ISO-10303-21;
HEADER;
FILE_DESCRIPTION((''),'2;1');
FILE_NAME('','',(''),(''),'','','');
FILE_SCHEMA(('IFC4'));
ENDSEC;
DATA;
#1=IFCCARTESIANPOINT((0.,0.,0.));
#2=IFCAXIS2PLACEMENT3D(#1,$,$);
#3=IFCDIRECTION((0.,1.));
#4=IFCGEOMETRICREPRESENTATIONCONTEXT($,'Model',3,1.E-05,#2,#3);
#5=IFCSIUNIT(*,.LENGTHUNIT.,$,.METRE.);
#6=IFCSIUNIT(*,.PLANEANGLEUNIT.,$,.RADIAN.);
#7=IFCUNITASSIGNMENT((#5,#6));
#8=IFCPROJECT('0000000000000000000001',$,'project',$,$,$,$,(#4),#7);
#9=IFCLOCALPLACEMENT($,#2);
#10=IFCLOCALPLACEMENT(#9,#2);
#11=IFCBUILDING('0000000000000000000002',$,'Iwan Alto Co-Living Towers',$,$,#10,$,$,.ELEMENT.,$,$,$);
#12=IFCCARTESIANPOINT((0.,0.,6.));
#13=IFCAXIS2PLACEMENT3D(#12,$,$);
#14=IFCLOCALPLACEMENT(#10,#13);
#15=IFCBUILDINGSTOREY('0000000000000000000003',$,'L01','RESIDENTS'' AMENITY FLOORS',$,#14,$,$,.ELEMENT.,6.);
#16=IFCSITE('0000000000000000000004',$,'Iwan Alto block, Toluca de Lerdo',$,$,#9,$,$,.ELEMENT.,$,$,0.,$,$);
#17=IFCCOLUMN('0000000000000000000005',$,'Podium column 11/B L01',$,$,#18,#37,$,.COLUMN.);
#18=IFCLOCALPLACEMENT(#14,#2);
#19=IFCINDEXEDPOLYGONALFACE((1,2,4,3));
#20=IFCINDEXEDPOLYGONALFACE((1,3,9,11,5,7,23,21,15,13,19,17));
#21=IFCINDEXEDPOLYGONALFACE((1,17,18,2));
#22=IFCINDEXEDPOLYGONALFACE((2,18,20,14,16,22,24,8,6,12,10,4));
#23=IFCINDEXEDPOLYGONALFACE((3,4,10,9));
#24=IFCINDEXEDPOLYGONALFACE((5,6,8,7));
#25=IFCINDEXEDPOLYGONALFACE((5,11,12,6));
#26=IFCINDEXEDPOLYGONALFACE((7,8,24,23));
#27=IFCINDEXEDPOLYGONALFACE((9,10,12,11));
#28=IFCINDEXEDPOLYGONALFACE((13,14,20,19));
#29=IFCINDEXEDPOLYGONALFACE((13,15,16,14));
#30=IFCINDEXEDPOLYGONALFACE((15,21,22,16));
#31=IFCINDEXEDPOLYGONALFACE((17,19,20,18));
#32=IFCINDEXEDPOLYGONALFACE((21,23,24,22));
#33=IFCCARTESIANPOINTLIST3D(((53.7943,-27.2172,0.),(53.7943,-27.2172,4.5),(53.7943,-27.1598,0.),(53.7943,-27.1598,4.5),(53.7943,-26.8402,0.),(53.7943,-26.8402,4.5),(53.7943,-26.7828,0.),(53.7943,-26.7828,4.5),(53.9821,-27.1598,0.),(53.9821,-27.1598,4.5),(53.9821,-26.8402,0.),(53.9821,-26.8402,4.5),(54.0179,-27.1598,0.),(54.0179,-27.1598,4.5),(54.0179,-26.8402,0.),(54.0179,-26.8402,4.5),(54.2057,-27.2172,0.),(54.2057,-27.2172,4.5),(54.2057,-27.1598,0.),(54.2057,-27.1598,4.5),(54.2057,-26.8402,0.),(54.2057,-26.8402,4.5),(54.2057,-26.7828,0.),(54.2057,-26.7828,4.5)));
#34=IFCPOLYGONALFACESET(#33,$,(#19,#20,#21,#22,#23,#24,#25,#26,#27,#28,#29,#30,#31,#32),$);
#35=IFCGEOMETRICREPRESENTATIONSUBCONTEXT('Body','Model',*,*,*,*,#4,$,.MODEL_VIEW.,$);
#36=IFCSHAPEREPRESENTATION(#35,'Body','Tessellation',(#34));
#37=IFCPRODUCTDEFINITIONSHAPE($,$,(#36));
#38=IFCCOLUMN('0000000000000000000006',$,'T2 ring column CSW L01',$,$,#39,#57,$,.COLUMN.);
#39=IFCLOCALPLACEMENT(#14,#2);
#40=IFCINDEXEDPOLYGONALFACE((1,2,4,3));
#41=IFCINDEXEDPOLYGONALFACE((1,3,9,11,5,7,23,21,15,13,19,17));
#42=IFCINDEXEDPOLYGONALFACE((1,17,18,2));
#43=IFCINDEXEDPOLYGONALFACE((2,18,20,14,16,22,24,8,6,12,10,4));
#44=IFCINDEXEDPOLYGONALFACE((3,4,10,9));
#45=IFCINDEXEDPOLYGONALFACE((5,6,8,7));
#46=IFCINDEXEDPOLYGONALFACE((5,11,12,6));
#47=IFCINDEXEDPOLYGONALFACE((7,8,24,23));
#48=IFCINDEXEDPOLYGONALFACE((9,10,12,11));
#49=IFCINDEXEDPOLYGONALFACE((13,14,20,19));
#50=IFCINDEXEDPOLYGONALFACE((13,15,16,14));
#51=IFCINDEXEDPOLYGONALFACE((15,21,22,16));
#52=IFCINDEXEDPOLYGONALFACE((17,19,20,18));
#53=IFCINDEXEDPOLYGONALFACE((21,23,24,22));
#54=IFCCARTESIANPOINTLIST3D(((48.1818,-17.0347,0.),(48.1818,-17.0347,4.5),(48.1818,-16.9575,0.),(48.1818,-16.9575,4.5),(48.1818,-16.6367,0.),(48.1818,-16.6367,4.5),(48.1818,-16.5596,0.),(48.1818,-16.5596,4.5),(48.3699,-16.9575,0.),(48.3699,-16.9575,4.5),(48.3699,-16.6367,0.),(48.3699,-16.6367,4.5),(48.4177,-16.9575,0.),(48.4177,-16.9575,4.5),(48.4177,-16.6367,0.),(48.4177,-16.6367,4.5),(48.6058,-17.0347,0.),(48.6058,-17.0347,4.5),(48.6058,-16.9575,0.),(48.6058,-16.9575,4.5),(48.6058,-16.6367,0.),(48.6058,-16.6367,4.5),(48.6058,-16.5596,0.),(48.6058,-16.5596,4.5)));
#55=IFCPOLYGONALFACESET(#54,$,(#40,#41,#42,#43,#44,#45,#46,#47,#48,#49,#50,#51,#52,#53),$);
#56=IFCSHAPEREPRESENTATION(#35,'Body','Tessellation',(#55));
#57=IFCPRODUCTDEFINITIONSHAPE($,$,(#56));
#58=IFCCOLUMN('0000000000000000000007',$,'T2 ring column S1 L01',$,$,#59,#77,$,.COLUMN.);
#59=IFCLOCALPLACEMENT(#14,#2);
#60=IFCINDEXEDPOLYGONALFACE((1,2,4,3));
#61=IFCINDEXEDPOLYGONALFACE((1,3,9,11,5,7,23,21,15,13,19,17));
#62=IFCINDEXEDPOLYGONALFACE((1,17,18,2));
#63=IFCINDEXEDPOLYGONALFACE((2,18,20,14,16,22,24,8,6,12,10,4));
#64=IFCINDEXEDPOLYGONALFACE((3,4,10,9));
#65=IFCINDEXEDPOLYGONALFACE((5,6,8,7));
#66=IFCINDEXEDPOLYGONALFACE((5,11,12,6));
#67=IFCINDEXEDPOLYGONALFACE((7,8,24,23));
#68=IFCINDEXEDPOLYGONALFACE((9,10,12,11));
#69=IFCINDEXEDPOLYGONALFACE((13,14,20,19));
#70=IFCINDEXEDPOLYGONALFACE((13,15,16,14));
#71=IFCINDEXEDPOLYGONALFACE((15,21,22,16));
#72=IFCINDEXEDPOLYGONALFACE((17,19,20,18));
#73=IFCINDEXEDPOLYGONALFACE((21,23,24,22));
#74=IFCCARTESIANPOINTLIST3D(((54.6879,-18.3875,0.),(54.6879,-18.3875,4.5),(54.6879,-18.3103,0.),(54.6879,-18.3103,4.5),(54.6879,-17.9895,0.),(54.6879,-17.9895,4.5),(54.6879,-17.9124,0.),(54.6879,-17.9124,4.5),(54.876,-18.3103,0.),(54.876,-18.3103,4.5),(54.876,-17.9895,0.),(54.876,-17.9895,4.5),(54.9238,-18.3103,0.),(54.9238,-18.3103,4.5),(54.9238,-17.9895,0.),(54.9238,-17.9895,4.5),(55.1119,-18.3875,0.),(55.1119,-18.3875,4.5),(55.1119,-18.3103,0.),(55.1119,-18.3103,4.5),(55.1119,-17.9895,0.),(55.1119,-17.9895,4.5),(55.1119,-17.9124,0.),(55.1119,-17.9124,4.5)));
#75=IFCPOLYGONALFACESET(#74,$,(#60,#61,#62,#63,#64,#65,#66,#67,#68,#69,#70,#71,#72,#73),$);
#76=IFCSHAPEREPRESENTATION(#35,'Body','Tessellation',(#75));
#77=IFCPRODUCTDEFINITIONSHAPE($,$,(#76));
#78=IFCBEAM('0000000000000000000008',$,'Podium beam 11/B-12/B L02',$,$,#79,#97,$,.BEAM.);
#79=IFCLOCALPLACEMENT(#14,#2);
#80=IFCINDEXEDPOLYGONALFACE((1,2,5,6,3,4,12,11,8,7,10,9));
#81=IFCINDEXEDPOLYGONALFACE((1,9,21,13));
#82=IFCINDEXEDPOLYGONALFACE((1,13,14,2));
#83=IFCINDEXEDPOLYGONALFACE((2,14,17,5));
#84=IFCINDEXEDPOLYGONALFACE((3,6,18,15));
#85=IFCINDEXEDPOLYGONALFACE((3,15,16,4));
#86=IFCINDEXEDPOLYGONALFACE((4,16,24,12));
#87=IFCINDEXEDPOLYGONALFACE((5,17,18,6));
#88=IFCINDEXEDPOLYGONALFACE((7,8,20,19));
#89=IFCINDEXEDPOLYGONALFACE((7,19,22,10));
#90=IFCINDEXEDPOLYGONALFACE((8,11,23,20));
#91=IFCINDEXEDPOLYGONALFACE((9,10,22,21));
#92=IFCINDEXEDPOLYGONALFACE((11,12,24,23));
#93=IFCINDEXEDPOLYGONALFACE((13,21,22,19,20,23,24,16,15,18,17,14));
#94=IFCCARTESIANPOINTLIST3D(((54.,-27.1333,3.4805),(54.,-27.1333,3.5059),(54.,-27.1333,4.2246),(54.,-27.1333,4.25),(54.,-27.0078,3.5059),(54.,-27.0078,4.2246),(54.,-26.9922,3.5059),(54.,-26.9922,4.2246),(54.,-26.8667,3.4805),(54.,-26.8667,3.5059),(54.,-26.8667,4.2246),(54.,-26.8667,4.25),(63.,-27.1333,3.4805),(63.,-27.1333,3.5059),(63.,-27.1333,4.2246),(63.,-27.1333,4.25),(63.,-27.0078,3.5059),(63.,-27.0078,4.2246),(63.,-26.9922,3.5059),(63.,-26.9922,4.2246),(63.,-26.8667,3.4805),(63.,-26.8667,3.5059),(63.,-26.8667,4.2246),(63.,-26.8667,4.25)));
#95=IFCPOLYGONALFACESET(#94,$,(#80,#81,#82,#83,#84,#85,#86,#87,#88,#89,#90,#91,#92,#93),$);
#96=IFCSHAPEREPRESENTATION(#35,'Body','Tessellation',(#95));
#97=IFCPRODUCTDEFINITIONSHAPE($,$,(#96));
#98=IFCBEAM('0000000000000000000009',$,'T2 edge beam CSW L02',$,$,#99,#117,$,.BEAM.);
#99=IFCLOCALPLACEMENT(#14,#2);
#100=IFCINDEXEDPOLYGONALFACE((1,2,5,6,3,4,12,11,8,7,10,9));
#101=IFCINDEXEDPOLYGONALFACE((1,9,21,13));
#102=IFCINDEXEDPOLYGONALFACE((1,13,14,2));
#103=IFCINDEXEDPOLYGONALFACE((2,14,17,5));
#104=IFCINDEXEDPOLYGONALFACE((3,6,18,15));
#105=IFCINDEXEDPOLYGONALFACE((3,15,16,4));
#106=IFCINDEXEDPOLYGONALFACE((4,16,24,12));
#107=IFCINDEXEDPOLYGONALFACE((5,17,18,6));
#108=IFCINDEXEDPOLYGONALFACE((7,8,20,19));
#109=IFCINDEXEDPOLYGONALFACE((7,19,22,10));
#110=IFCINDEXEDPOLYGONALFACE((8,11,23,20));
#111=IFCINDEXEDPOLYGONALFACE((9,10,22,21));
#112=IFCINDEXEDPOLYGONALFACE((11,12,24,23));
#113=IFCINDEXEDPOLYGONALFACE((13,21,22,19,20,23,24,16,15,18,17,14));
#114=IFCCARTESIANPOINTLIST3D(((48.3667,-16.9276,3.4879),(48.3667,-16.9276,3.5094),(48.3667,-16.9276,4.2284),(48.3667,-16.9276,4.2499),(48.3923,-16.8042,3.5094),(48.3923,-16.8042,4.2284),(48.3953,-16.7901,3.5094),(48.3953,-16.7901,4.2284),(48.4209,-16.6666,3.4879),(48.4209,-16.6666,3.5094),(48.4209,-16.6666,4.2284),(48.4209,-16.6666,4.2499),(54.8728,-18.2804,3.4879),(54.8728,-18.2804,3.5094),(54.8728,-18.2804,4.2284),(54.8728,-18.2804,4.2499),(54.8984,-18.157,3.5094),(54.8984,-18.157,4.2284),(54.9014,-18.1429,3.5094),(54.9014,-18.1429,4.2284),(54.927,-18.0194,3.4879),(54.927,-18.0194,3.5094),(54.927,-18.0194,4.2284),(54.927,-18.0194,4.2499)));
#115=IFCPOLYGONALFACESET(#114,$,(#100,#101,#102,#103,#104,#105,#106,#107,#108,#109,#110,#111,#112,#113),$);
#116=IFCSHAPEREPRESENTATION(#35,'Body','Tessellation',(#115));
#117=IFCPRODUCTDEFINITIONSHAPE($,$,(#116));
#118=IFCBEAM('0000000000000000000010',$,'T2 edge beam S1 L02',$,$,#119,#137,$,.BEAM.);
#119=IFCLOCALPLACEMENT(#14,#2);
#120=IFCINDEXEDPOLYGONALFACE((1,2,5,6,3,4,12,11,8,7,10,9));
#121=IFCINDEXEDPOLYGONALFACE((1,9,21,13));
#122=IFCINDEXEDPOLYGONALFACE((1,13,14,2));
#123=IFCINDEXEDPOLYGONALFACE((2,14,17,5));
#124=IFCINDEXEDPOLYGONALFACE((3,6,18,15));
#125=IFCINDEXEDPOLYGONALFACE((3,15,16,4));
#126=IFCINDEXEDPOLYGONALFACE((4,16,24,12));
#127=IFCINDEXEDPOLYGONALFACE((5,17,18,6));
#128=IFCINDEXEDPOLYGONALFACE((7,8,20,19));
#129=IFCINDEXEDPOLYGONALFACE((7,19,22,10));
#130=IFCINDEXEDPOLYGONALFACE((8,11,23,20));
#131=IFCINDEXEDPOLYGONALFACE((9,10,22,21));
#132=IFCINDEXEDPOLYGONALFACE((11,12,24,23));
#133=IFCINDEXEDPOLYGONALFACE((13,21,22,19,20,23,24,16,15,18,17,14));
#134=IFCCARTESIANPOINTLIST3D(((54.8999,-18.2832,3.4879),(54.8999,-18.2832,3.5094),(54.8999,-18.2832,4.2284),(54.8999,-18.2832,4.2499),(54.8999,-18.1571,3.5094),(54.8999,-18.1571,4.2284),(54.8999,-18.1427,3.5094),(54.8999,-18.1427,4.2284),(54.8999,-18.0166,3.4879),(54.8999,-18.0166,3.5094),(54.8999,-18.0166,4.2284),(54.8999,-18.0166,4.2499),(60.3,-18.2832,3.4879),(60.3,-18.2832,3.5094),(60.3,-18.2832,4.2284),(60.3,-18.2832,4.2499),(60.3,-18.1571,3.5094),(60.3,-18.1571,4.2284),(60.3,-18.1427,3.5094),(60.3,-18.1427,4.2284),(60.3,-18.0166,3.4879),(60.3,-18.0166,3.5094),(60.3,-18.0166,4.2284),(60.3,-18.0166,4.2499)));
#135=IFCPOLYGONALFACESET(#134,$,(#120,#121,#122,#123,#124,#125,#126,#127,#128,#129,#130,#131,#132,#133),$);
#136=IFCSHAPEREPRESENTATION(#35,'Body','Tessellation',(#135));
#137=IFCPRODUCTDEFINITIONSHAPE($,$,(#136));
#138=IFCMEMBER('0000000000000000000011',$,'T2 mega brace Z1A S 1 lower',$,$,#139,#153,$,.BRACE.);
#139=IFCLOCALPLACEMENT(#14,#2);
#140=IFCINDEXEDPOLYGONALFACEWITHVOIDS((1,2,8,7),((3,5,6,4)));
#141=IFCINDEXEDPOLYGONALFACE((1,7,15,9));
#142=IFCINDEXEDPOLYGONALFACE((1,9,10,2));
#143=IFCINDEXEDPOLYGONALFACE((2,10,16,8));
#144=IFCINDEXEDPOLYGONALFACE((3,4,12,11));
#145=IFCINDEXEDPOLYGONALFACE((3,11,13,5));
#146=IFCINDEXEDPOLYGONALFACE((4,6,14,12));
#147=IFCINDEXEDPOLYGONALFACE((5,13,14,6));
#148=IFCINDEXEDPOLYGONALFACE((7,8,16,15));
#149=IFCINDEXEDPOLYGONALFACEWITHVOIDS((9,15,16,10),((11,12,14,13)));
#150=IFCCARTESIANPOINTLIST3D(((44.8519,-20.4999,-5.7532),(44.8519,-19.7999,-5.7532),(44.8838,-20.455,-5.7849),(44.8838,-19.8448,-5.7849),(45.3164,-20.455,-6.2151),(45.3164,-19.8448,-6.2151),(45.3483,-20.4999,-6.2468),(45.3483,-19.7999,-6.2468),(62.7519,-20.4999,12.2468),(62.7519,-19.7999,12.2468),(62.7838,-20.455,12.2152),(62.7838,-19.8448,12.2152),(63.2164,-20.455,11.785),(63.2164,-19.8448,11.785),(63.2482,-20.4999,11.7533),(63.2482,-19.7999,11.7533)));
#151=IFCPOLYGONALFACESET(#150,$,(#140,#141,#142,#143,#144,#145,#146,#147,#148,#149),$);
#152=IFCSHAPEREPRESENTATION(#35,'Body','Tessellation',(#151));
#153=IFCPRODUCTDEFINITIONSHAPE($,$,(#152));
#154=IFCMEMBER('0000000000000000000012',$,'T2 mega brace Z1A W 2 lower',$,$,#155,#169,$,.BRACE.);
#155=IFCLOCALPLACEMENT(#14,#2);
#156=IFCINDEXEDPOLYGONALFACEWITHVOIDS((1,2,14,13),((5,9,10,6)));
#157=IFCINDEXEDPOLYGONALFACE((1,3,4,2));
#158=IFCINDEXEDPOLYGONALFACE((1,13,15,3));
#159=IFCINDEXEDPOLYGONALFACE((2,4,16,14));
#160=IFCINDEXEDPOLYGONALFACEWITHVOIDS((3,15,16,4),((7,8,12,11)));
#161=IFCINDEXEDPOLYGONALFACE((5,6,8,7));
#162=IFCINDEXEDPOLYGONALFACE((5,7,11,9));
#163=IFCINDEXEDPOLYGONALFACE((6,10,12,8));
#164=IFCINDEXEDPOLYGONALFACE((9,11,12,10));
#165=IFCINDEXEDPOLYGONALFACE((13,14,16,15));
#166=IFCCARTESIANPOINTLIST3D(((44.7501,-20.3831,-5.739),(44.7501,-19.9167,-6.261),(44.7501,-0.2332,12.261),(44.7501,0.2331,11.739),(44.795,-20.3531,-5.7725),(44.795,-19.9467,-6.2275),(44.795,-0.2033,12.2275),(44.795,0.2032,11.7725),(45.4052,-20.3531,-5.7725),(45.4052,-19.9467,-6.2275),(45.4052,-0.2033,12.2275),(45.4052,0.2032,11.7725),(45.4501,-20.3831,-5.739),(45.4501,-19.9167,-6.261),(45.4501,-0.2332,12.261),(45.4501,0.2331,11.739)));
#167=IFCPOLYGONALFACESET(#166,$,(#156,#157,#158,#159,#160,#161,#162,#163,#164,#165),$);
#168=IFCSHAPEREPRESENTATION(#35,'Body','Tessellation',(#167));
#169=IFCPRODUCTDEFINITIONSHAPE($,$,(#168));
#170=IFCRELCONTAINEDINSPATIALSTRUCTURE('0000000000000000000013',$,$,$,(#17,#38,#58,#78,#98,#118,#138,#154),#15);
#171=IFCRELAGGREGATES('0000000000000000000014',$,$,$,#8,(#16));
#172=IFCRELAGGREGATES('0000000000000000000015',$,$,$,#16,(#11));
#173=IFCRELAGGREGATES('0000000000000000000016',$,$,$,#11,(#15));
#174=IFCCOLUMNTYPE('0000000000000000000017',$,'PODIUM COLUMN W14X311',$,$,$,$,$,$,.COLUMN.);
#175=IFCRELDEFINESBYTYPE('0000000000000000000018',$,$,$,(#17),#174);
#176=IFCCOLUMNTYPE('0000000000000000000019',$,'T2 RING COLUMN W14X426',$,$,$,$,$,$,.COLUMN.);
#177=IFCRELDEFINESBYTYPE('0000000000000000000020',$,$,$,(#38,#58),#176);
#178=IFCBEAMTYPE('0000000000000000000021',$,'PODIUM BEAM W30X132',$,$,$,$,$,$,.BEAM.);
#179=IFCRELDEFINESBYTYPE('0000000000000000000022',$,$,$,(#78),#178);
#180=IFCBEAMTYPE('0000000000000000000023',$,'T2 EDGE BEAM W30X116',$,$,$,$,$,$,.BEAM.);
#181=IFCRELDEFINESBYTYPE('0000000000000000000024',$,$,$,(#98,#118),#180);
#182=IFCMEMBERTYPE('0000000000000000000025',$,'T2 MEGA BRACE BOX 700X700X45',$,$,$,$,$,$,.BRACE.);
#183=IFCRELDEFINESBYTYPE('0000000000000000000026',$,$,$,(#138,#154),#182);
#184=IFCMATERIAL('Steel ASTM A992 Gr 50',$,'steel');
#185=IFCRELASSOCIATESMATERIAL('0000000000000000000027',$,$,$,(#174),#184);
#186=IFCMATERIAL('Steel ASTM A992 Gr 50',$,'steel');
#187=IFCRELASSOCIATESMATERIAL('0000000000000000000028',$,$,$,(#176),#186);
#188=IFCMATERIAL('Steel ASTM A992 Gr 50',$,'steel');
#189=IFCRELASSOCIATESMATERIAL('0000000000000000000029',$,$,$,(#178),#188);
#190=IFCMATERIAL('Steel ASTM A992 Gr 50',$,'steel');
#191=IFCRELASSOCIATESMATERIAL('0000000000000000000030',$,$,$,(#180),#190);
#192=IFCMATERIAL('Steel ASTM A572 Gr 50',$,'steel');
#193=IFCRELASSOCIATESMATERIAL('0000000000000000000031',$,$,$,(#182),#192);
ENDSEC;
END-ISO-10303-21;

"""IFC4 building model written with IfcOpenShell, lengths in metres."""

from ifc_helpers import new_model, si_unit, direction, frame, origin, origin_2d, place, context, subcontext, project, spatial, hollow_rectangle, i_section, extrude, material, material_profile, profile_set, type_object, element, save


model = new_model("IFC4")

# Units and contexts
model_context = context("Model", 3, precision=1e-05, world=origin(), true_north=direction((0.0, 1.0)))
body_context = subcontext(model_context, "Body", "Model", "MODEL_VIEW")
ifc_project = project(units=[si_unit("LENGTHUNIT", "METRE"), si_unit("PLANEANGLEUNIT", "RADIAN")], contexts=[model_context])

# Site, building, storey
site_placement = place(None, origin())
site = spatial("IfcSite", under=ifc_project, at=site_placement, Name="Iwan Alto block, Toluca de Lerdo", CompositionType="ELEMENT", RefElevation=0.0)
building_placement = place(site_placement, origin())
building = spatial("IfcBuilding", under=site, at=building_placement, Name="Iwan Alto Co-Living Towers", CompositionType="ELEMENT")
storey_placement = place(building_placement, frame((0.0, 0.0, 6.0)))
storey = spatial("IfcBuildingStorey", under=building, at=storey_placement, Name="L01", Description="RESIDENTS' AMENITY FLOORS", CompositionType="ELEMENT", Elevation=6.0)

# Columns
ifc_material_1 = material(Name="Steel ASTM A992 Gr 50", Category="steel")
ifc_material_profile_1 = material_profile(ifc_material_1, i_section(OverallWidth=0.4114, OverallDepth=0.4343, WebThickness=0.0359, FlangeThickness=0.0574, at=origin_2d()), Name="W14X311")
ifc_profile_set_1 = profile_set([ifc_material_profile_1], Name="Steel ASTM A992 Gr 50")
column_type_1 = type_object("IfcColumnType", Name="PODIUM COLUMN W14X311", PredefinedType="COLUMN", material=ifc_profile_set_1)
column_placement = place(storey_placement, frame((54.0, -27.0, 0.0), z_axis=(0.0, 0.0, 1.0), x_axis=(1.0, 0.0, 0.0)))
element("IfcColumn", 1, at=column_placement, inside=storey, type_object=column_type_1, Name="Podium column 11/B L01", PredefinedType="COLUMN", context=body_context, shape_type="SweptSolid", body=[
    extrude(i_section(OverallWidth=0.4114, OverallDepth=0.4343, WebThickness=0.0359, FlangeThickness=0.0574, at=origin_2d()), origin(), (0.0, 0.0, 1.0), 4.5),
])
ifc_material_2 = material(Name="Steel ASTM A992 Gr 50", Category="steel")
ifc_material_profile_2 = material_profile(ifc_material_2, i_section(OverallWidth=0.4241, OverallDepth=0.4751, WebThickness=0.0479, FlangeThickness=0.0771, at=origin_2d()), Name="W14X426")
ifc_profile_set_2 = profile_set([ifc_material_profile_2], Name="Steel ASTM A992 Gr 50")
column_type_2 = type_object("IfcColumnType", Name="T2 RING COLUMN W14X426", PredefinedType="COLUMN", material=ifc_profile_set_2)
for number, where, z_axis, x_axis, name in (
    (2, (48.3938, -16.7971, 0.0), (0.0, 0.0, 1.0), (1.0, 0.0, 0.0), "T2 ring column CSW L01"),
    (3, (54.8999, -18.1499, 0.0), (0.0, 0.0, 1.0), (1.0, 0.0, 0.0), "T2 ring column S1 L01"),
):
    element("IfcColumn", number, at=place(storey_placement, frame(where, z_axis=z_axis, x_axis=x_axis)), inside=storey, type_object=column_type_2, Name=name, PredefinedType="COLUMN", context=body_context, shape_type="SweptSolid", body=[
        extrude(i_section(OverallWidth=0.4241, OverallDepth=0.4751, WebThickness=0.0479, FlangeThickness=0.0771, at=origin_2d()), origin(), (0.0, 0.0, 1.0), 4.5),
    ])

# Beams
ifc_material_3 = material(Name="Steel ASTM A992 Gr 50", Category="steel")
ifc_material_profile_3 = material_profile(ifc_material_3, i_section(OverallWidth=0.2666, OverallDepth=0.7695, WebThickness=0.0156, FlangeThickness=0.0254, at=origin_2d()), Name="W30X132")
ifc_profile_set_3 = profile_set([ifc_material_profile_3], Name="Steel ASTM A992 Gr 50")
beam_type_1 = type_object("IfcBeamType", Name="PODIUM BEAM W30X132", PredefinedType="BEAM", material=ifc_profile_set_3)
beam_1_placement = place(storey_placement, frame((54.0, -27.0, 3.8652), z_axis=(1.0, 0.0, 0.0), x_axis=(0.0, 1.0, 0.0)))
element("IfcBeam", 4, at=beam_1_placement, inside=storey, type_object=beam_type_1, Name="Podium beam 11/B-12/B L02", PredefinedType="BEAM", context=body_context, shape_type="SweptSolid", body=[
    extrude(i_section(OverallWidth=0.2666, OverallDepth=0.7695, WebThickness=0.0156, FlangeThickness=0.0254, at=origin_2d()), origin(), (0.0, 0.0, 1.0), 9.0),
])
ifc_material_4 = material(Name="Steel ASTM A992 Gr 50", Category="steel")
ifc_material_profile_4 = material_profile(ifc_material_4, i_section(OverallWidth=0.2666, OverallDepth=0.762, WebThickness=0.0144, FlangeThickness=0.0215, at=origin_2d()), Name="W30X116")
ifc_profile_set_4 = profile_set([ifc_material_profile_4], Name="Steel ASTM A992 Gr 50")
beam_type_2 = type_object("IfcBeamType", Name="T2 EDGE BEAM W30X116", PredefinedType="BEAM", material=ifc_profile_set_4)
beam_2_placement = place(storey_placement, frame((48.3938, -16.7971, 3.8689), z_axis=(0.97906, -0.203571, 0.0), x_axis=(0.203571, 0.97906, 0.0)))
element("IfcBeam", 5, at=beam_2_placement, inside=storey, type_object=beam_type_2, Name="T2 edge beam CSW L02", PredefinedType="BEAM", context=body_context, shape_type="SweptSolid", body=[
    extrude(i_section(OverallWidth=0.2666, OverallDepth=0.762, WebThickness=0.0144, FlangeThickness=0.0215, at=origin_2d()), origin(), (0.0, 0.0, 1.0), 6.6453),
])
beam_3_placement = place(storey_placement, frame((54.8999, -18.1499, 3.8689), z_axis=(1.0, 0.0, 0.0), x_axis=(0.0, 1.0, 0.0)))
element("IfcBeam", 6, at=beam_3_placement, inside=storey, type_object=beam_type_2, Name="T2 edge beam S1 L02", PredefinedType="BEAM", context=body_context, shape_type="SweptSolid", body=[
    extrude(i_section(OverallWidth=0.2666, OverallDepth=0.762, WebThickness=0.0144, FlangeThickness=0.0215, at=origin_2d()), origin(), (0.0, 0.0, 1.0), 5.4001),
])

# Members
ifc_material_5 = material(Name="Steel ASTM A572 Gr 50", Category="steel")
ifc_material_profile_5 = material_profile(ifc_material_5, hollow_rectangle(XDim=0.7, YDim=0.7, WallThickness=0.0449, at=origin_2d()), Name="BOX 700X700X45")
ifc_profile_set_5 = profile_set([ifc_material_profile_5], Name="Steel ASTM A572 Gr 50")
member_type = type_object("IfcMemberType", Name="T2 MEGA BRACE BOX 700X700X45", PredefinedType="BRACE", material=ifc_profile_set_5)
member_1_placement = place(storey_placement, frame((45.1001, -20.1499, -6.0), z_axis=(0.705132, 0.0, 0.709076), x_axis=(0.0, 1.0, 0.0)))
element("IfcMember", 7, at=member_1_placement, inside=storey, type_object=member_type, Name="T2 mega brace Z1A S 1 lower", PredefinedType="BRACE", context=body_context, shape_type="SweptSolid", body=[
    extrude(hollow_rectangle(XDim=0.7, YDim=0.7, WallThickness=0.0449, at=origin_2d()), origin(), (0.0, 0.0, 1.0), 25.3853),
])
member_2_placement = place(storey_placement, frame((45.1001, -20.1499, -6.0), z_axis=(0.0, 0.745772, 0.666201), x_axis=(-1.0, 0.0, 0.0)))
element("IfcMember", 8, at=member_2_placement, inside=storey, type_object=member_type, Name="T2 mega brace Z1A W 2 lower", PredefinedType="BRACE", context=body_context, shape_type="SweptSolid", body=[
    extrude(hollow_rectangle(XDim=0.7, YDim=0.7, WallThickness=0.0449, at=origin_2d()), origin(), (0.0, 0.0, 1.0), 27.0188),
])

save(model, "model.ifc")
